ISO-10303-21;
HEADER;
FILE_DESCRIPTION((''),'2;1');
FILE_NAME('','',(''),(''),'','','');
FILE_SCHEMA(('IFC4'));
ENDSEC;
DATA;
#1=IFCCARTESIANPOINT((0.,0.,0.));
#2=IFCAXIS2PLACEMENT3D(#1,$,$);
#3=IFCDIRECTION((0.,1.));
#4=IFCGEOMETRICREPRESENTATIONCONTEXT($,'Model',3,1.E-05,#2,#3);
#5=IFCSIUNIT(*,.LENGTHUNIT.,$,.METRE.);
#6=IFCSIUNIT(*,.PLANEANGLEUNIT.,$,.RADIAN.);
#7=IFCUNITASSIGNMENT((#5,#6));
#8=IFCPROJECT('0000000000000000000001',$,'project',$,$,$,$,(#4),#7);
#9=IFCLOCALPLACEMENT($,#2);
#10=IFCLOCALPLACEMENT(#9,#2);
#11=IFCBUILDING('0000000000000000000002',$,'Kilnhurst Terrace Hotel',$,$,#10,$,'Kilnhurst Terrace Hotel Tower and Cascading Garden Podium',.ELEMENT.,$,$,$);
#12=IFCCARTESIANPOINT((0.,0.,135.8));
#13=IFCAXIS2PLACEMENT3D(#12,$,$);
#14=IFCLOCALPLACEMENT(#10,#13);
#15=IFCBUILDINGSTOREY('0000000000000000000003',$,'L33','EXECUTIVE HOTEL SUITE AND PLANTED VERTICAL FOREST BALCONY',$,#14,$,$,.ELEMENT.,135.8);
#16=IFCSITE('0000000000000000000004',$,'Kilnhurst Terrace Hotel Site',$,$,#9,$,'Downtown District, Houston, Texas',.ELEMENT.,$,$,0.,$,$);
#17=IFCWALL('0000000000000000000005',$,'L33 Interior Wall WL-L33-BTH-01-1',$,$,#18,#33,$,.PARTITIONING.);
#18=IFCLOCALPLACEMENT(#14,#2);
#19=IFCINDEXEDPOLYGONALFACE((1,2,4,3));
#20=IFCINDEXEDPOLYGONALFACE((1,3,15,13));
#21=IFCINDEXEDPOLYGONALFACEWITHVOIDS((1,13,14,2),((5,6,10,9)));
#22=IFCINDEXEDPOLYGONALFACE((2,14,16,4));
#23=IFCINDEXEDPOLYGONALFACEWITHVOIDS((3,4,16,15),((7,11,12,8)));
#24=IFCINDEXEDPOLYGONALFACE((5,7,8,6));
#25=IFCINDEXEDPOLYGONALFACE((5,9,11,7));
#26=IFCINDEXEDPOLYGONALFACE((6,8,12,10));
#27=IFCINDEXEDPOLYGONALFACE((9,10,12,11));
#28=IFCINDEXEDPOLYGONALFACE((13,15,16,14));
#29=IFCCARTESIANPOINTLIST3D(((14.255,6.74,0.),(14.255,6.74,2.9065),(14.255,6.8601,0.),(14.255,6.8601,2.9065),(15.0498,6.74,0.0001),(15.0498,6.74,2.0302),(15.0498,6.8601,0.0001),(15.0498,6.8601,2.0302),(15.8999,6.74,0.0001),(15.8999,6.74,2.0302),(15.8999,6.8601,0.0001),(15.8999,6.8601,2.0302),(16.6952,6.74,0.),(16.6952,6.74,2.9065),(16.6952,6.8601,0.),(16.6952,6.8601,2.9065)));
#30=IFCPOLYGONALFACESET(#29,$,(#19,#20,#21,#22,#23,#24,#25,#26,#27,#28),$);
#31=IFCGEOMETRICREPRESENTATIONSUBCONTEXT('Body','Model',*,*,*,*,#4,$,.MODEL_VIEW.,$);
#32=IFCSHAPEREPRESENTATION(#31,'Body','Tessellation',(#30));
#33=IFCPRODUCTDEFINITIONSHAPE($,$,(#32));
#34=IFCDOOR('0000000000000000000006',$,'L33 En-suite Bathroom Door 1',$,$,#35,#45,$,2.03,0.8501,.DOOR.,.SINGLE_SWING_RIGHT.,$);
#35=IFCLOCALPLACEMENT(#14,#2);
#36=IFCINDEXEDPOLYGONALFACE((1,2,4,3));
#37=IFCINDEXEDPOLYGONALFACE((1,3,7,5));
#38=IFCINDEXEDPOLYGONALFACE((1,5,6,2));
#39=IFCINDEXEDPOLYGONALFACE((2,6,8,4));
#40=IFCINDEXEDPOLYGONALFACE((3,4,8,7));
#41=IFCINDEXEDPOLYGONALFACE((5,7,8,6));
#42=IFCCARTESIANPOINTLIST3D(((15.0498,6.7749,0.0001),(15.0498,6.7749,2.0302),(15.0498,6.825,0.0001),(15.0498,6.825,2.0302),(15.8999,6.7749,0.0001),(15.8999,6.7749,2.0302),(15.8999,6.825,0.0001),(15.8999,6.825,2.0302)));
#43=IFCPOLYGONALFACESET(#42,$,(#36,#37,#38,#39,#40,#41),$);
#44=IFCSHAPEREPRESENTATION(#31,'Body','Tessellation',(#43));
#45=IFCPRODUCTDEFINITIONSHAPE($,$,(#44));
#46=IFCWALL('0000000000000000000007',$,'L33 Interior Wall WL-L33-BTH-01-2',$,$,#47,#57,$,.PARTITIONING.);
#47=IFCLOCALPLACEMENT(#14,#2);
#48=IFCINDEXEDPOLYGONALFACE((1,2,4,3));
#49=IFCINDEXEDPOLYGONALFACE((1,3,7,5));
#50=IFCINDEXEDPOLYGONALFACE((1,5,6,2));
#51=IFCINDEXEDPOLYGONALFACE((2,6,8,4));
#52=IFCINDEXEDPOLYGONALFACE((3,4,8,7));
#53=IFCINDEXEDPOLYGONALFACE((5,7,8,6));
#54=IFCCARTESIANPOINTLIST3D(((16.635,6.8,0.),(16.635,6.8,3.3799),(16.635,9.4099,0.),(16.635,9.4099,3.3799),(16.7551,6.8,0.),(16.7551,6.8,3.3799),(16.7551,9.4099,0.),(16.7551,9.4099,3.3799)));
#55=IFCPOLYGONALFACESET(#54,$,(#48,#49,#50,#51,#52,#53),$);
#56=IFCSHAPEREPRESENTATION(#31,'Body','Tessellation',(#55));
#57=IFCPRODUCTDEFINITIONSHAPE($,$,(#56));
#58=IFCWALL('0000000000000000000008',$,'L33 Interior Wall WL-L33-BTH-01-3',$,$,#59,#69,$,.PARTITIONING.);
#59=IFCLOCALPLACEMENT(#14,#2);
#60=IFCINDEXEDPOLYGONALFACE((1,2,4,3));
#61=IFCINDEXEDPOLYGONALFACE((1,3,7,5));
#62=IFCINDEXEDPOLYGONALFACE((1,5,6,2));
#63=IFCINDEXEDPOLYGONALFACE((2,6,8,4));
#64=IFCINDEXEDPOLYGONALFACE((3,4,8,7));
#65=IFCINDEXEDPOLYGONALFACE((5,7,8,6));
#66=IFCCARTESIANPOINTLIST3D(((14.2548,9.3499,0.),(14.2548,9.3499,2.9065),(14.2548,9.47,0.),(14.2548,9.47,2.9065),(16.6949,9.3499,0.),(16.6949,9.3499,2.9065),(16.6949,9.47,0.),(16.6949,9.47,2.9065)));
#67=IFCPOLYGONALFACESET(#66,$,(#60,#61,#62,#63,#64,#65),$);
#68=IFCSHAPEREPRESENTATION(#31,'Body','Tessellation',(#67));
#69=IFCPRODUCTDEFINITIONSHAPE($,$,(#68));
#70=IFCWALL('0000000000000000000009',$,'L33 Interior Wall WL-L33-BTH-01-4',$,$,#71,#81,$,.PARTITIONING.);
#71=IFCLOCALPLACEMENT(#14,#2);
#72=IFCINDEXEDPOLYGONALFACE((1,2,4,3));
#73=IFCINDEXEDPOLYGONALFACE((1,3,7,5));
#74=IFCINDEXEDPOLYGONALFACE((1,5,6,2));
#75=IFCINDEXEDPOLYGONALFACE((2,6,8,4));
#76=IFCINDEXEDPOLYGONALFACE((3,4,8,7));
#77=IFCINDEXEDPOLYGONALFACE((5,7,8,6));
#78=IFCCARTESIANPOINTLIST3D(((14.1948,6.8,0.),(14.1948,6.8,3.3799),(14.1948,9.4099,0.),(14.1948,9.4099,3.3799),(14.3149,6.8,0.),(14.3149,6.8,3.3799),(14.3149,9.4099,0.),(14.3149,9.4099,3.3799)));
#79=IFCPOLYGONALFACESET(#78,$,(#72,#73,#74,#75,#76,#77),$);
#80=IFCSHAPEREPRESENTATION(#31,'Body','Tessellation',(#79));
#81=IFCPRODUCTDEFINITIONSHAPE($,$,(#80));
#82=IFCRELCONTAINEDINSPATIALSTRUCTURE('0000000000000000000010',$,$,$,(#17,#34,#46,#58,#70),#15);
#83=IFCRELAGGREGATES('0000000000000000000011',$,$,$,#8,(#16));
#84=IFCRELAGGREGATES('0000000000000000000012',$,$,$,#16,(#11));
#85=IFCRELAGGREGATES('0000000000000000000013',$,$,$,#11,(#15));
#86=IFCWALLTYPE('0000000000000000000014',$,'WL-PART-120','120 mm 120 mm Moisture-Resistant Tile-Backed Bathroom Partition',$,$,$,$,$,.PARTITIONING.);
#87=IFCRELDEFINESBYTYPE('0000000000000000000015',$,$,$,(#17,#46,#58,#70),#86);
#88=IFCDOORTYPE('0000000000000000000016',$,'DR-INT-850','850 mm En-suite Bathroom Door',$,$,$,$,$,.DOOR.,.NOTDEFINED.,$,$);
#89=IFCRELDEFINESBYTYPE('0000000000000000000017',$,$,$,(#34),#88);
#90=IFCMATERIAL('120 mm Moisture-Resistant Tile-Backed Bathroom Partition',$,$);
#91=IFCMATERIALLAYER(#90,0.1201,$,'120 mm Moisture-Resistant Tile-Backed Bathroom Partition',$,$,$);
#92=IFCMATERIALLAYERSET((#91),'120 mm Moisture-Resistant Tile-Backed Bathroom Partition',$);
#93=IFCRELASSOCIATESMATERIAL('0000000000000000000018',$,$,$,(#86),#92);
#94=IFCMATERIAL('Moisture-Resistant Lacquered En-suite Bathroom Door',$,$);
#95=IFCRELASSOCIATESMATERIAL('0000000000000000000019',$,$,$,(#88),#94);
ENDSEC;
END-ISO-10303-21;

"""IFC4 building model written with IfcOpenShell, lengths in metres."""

from ifc_helpers import new_model, si_unit, direction, frame, frame_2d, origin, place, context, subcontext, project, spatial, rectangle, extrude, material, layer, layer_set, type_object, element, fill, save


model = new_model("IFC4")

# Units and contexts
model_context = context("Model", 3, precision=1e-05, world=origin(), true_north=direction((0.0, 1.0)))
body_context = subcontext(model_context, "Body", "Model", "MODEL_VIEW")
ifc_project = project(units=[si_unit("LENGTHUNIT", "METRE"), si_unit("PLANEANGLEUNIT", "RADIAN")], contexts=[model_context])

# Site, building, storey
site_placement = place(None, origin())
site = spatial("IfcSite", under=ifc_project, at=site_placement, Name="Kilnhurst Terrace Hotel Site", LongName="Downtown District, Houston, Texas", CompositionType="ELEMENT", RefElevation=0.0)
building_placement = place(site_placement, origin())
building = spatial("IfcBuilding", under=site, at=building_placement, Name="Kilnhurst Terrace Hotel", LongName="Kilnhurst Terrace Hotel Tower and Cascading Garden Podium", CompositionType="ELEMENT")
storey_placement = place(building_placement, frame((0.0, 0.0, 135.8)))
storey = spatial("IfcBuildingStorey", under=building, at=storey_placement, Name="L33", Description="EXECUTIVE HOTEL SUITE AND PLANTED VERTICAL FOREST BALCONY", CompositionType="ELEMENT", Elevation=135.8)

# Wall, opening, door
ifc_material_1 = material(Name="120 mm Moisture-Resistant Tile-Backed Bathroom Partition")
ifc_layer_1 = layer(ifc_material_1, 0.1201, Name="120 mm Moisture-Resistant Tile-Backed Bathroom Partition")
ifc_layer_set_1 = layer_set([ifc_layer_1], Name="120 mm Moisture-Resistant Tile-Backed Bathroom Partition")
wall_type_1 = type_object("IfcWallType", Name="WL-PART-120", Description="120 mm 120 mm Moisture-Resistant Tile-Backed Bathroom Partition", PredefinedType="PARTITIONING", material=ifc_layer_set_1)
wall_1_placement = place(storey_placement, frame((14.2549, 6.8, 0.0), z_axis=(0.0, 0.0, 1.0), x_axis=(1.0, 0.0, 0.0)))
wall_1 = element("IfcWall", 1, at=wall_1_placement, inside=storey, type_object=wall_type_1, Name="L33 Interior Wall WL-L33-BTH-01-1", PredefinedType="PARTITIONING", context=body_context, shape_type="SweptSolid", body=[
    extrude(rectangle(XDim=2.4402, YDim=0.1201, at=frame_2d((1.2202, 0.0))), origin(), (0.0, 0.0, 1.0), 2.9065),
])
opening_placement = place(wall_1_placement, frame((0.7949, 0.0, 0.0)))
opening = element("IfcOpeningElement", 2, at=opening_placement, cuts=wall_1, PredefinedType="OPENING", context=body_context, shape_type="SweptSolid", body=[
    extrude(rectangle(XDim=0.8501, YDim=2.03, at=frame_2d((0.425, 1.0151))), frame((0.0, 0.0701, 0.0), z_axis=(0.0, -1.0, 0.0), x_axis=(1.0, 0.0, 0.0)), (0.0, 0.0, 1.0), 0.1401),
])
ifc_material_2 = material(Name="Moisture-Resistant Lacquered En-suite Bathroom Door")
door_type = type_object("IfcDoorType", Name="DR-INT-850", Description="850 mm En-suite Bathroom Door", OperationType="NOTDEFINED", PredefinedType="DOOR", material=ifc_material_2)
door_placement = place(opening_placement, origin())
door = element("IfcDoor", 3, at=door_placement, inside=storey, type_object=door_type, Name="L33 En-suite Bathroom Door 1", OperationType="SINGLE_SWING_RIGHT", OverallHeight=2.03, OverallWidth=0.8501, PredefinedType="DOOR", context=body_context, shape_type="SweptSolid", body=[
    extrude(rectangle(XDim=0.8501, YDim=2.03, at=frame_2d((0.425, 1.0151))), frame((0.0, 0.0249, 0.0), z_axis=(0.0, -1.0, 0.0), x_axis=(1.0, 0.0, 0.0)), (0.0, 0.0, 1.0), 0.05),
])
fill(opening, door)

# Walls
wall_2_placement = place(storey_placement, frame((16.6951, 6.8, 0.0), z_axis=(0.0, 0.0, 1.0), x_axis=(0.0, 1.0, 0.0)))
element("IfcWall", 4, at=wall_2_placement, inside=storey, type_object=wall_type_1, Name="L33 Interior Wall WL-L33-BTH-01-2", PredefinedType="PARTITIONING", context=body_context, shape_type="SweptSolid", body=[
    extrude(rectangle(XDim=2.6099, YDim=0.1201, at=frame_2d((1.3049, 0.0))), origin(), (0.0, 0.0, 1.0), 3.3799),
])
wall_3_placement = place(storey_placement, frame((16.6951, 9.4099, 0.0), z_axis=(0.0, 0.0, 1.0), x_axis=(-1.0, 0.0, 0.0)))
element("IfcWall", 5, at=wall_3_placement, inside=storey, type_object=wall_type_1, Name="L33 Interior Wall WL-L33-BTH-01-3", PredefinedType="PARTITIONING", context=body_context, shape_type="SweptSolid", body=[
    extrude(rectangle(XDim=2.4402, YDim=0.1201, at=frame_2d((1.2202, 0.0))), origin(), (0.0, 0.0, 1.0), 2.9065),
])
wall_4_placement = place(storey_placement, frame((14.2549, 9.4099, 0.0), z_axis=(0.0, 0.0, 1.0), x_axis=(0.0, -1.0, 0.0)))
element("IfcWall", 6, at=wall_4_placement, inside=storey, type_object=wall_type_1, Name="L33 Interior Wall WL-L33-BTH-01-4", PredefinedType="PARTITIONING", context=body_context, shape_type="SweptSolid", body=[
    extrude(rectangle(XDim=2.6099, YDim=0.1201, at=frame_2d((1.3049, 0.0))), origin(), (0.0, 0.0, 1.0), 3.3799),
])

save(model, "model.ifc")
